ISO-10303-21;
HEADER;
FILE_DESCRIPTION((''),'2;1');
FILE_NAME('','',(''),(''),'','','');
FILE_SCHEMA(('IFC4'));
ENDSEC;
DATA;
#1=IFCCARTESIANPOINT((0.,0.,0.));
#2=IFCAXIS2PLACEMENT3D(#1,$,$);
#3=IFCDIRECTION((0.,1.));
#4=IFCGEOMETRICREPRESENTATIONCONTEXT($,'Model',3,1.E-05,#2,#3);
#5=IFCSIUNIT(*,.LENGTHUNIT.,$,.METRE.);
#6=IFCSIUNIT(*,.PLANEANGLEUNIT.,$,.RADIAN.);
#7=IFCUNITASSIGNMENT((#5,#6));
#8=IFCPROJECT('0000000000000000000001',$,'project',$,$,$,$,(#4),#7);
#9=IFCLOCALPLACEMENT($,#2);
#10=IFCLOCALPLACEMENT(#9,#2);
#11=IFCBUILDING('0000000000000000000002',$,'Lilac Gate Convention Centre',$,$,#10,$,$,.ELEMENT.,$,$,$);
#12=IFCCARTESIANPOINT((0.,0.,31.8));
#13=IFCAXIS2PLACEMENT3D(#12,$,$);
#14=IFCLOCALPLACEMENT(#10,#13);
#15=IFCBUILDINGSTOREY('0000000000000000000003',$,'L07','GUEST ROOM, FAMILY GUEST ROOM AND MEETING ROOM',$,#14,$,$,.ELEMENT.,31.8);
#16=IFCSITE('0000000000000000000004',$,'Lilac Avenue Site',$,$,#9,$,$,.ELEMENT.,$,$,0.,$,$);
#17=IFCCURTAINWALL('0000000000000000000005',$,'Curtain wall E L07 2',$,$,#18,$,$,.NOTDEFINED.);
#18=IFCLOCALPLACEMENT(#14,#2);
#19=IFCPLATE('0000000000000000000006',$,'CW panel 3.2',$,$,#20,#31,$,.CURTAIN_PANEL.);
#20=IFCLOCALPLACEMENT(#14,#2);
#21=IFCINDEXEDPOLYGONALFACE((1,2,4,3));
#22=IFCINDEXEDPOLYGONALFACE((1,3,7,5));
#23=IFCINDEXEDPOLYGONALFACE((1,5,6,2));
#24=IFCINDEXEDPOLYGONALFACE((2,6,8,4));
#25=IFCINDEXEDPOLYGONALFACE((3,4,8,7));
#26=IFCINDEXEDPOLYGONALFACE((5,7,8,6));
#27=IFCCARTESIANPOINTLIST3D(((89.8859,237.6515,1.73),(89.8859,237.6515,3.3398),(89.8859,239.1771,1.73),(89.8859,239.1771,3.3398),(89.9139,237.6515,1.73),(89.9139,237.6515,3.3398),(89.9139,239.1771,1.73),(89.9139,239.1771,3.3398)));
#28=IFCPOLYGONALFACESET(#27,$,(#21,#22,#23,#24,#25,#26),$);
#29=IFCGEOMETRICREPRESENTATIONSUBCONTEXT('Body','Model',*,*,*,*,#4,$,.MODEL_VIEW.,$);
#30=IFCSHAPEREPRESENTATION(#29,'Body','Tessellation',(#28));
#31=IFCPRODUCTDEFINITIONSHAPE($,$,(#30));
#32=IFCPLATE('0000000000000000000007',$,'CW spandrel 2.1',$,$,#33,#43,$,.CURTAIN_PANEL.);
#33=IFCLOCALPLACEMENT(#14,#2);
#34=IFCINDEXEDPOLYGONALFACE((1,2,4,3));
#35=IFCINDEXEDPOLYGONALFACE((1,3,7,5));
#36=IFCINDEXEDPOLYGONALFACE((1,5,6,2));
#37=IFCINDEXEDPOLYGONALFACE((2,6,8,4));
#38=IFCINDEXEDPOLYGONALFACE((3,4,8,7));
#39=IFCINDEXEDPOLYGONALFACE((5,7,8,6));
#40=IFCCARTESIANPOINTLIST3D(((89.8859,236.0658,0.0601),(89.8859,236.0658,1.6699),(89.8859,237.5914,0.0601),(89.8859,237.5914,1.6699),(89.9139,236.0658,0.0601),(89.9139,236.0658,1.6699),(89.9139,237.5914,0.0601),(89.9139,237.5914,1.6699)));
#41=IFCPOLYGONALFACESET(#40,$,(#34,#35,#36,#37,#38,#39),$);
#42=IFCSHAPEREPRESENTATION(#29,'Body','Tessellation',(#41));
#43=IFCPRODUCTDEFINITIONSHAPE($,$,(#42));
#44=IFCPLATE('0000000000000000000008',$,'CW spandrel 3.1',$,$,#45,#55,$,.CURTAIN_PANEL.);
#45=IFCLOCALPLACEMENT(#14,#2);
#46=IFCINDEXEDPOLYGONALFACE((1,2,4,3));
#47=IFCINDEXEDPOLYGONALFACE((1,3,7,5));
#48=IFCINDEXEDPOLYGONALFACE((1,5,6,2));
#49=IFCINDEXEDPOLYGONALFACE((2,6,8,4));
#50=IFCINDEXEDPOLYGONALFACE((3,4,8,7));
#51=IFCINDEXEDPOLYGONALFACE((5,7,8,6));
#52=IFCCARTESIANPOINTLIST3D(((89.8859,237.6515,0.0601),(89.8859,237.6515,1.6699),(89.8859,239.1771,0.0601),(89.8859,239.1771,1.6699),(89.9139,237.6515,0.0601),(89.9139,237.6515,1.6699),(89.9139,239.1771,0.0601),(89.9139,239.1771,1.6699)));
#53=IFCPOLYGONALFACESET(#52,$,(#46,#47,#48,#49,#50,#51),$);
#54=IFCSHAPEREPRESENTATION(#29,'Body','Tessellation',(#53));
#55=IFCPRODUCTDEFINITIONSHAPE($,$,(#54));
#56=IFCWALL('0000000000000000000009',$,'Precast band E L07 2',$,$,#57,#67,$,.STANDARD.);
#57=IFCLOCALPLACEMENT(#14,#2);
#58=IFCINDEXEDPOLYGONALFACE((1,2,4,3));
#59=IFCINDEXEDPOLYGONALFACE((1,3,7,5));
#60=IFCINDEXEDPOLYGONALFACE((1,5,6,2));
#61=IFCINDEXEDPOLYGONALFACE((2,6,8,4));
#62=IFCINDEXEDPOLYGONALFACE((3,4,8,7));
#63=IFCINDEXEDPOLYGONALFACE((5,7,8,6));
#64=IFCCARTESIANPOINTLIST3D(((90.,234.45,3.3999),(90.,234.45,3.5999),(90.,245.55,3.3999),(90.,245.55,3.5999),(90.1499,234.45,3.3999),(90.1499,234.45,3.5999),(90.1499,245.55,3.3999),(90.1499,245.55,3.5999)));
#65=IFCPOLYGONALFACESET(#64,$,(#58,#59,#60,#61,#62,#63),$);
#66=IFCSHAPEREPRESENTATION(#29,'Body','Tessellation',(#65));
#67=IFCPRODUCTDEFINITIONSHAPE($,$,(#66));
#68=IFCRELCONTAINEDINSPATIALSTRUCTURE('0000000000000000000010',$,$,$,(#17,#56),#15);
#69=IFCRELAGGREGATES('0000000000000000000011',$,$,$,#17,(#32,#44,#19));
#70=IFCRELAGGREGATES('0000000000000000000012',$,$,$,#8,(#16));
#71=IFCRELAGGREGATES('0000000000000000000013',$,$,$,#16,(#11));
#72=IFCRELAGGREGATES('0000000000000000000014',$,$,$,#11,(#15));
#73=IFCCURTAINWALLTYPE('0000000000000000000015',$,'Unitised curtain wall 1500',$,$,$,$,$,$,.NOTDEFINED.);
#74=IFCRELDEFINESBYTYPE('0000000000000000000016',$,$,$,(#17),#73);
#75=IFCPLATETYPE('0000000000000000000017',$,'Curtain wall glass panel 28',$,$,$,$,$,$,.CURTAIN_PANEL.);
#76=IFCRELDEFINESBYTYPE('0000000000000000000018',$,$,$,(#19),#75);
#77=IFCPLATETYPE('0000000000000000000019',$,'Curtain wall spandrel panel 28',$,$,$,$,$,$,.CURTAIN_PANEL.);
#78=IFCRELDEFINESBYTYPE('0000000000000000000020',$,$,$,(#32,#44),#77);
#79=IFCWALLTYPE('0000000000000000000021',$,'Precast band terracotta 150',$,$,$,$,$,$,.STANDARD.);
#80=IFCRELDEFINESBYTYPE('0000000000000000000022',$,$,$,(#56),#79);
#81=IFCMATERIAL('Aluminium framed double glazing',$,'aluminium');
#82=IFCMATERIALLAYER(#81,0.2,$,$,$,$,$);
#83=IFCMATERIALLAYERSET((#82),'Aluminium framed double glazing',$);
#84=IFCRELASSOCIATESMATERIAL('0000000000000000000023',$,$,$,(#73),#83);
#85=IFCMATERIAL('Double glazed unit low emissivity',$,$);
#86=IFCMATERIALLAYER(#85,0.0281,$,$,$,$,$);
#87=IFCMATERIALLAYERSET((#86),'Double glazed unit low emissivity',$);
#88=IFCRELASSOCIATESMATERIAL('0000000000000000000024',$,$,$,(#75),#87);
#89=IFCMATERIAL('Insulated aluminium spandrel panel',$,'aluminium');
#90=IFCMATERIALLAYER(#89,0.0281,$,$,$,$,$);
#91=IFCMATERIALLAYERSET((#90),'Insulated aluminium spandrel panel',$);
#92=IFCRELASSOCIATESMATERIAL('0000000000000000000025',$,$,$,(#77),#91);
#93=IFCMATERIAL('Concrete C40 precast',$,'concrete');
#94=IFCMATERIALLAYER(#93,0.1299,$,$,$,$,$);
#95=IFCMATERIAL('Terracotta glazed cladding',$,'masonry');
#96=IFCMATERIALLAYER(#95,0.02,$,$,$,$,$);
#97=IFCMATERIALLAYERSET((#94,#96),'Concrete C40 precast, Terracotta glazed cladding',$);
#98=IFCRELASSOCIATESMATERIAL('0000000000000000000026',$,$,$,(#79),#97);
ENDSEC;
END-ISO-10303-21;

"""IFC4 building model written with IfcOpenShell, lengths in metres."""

from ifc_helpers import new_model, si_unit, direction, frame, frame_2d, origin, origin_2d, place, context, subcontext, project, spatial, rectangle, extrude, material, layer, layer_set, type_object, element, aggregate, save


model = new_model("IFC4")

# Units and contexts
model_context = context("Model", 3, precision=1e-05, world=origin(), true_north=direction((0.0, 1.0)))
body_context = subcontext(model_context, "Body", "Model", "MODEL_VIEW")
ifc_project = project(units=[si_unit("LENGTHUNIT", "METRE"), si_unit("PLANEANGLEUNIT", "RADIAN")], contexts=[model_context])

# Site, building, storey
site_placement = place(None, origin())
site = spatial("IfcSite", under=ifc_project, at=site_placement, Name="Lilac Avenue Site", CompositionType="ELEMENT", RefElevation=0.0)
building_placement = place(site_placement, origin())
building = spatial("IfcBuilding", under=site, at=building_placement, Name="Lilac Gate Convention Centre", CompositionType="ELEMENT")
storey_placement = place(building_placement, frame((0.0, 0.0, 31.8)))
storey = spatial("IfcBuildingStorey", under=building, at=storey_placement, Name="L07", Description="GUEST ROOM, FAMILY GUEST ROOM AND MEETING ROOM", CompositionType="ELEMENT", Elevation=31.8)

# Curtain wall
ifc_material_1 = material(Name="Aluminium framed double glazing", Category="aluminium")
ifc_layer_1 = layer(ifc_material_1, 0.2)
ifc_layer_set_1 = layer_set([ifc_layer_1], Name="Aluminium framed double glazing")
curtain_wall_type = type_object("IfcCurtainWallType", Name="Unitised curtain wall 1500", PredefinedType="NOTDEFINED", material=ifc_layer_set_1)
curtain_wall_placement = place(storey_placement, origin())
curtain_wall = element("IfcCurtainWall", 1, at=curtain_wall_placement, inside=storey, type_object=curtain_wall_type, Name="Curtain wall E L07 2", PredefinedType="NOTDEFINED")

# Plates
ifc_material_2 = material(Name="Double glazed unit low emissivity")
ifc_layer_2 = layer(ifc_material_2, 0.0281)
ifc_layer_set_2 = layer_set([ifc_layer_2], Name="Double glazed unit low emissivity")
plate_type_1 = type_object("IfcPlateType", Name="Curtain wall glass panel 28", PredefinedType="CURTAIN_PANEL", material=ifc_layer_set_2)
plate_1_placement = place(storey_placement, frame((89.8999, 238.4143, 1.73), z_axis=(0.0, 0.0, 1.0), x_axis=(0.0, 1.0, 0.0)))
plate_1 = element("IfcPlate", 2, at=plate_1_placement, type_object=plate_type_1, Name="CW panel 3.2", PredefinedType="CURTAIN_PANEL", context=body_context, shape_type="SweptSolid", body=[
    extrude(rectangle(XDim=1.5256, YDim=0.0281, at=origin_2d()), origin(), (0.0, 0.0, 1.0), 1.6099),
])
ifc_material_3 = material(Name="Insulated aluminium spandrel panel", Category="aluminium")
ifc_layer_3 = layer(ifc_material_3, 0.0281)
ifc_layer_set_3 = layer_set([ifc_layer_3], Name="Insulated aluminium spandrel panel")
plate_type_2 = type_object("IfcPlateType", Name="Curtain wall spandrel panel 28", PredefinedType="CURTAIN_PANEL", material=ifc_layer_set_3)
plate_2_placement = place(storey_placement, frame((89.8999, 236.8286, 0.0601), z_axis=(0.0, 0.0, 1.0), x_axis=(0.0, 1.0, 0.0)))
plate_2 = element("IfcPlate", 3, at=plate_2_placement, type_object=plate_type_2, Name="CW spandrel 2.1", PredefinedType="CURTAIN_PANEL", context=body_context, shape_type="SweptSolid", body=[
    extrude(rectangle(XDim=1.5256, YDim=0.0281, at=origin_2d()), origin(), (0.0, 0.0, 1.0), 1.6099),
])
plate_3_placement = place(storey_placement, frame((89.8999, 238.4143, 0.0601), z_axis=(0.0, 0.0, 1.0), x_axis=(0.0, 1.0, 0.0)))
plate_3 = element("IfcPlate", 4, at=plate_3_placement, type_object=plate_type_2, Name="CW spandrel 3.1", PredefinedType="CURTAIN_PANEL", context=body_context, shape_type="SweptSolid", body=[
    extrude(rectangle(XDim=1.5256, YDim=0.0281, at=origin_2d()), origin(), (0.0, 0.0, 1.0), 1.6099),
])
aggregate(curtain_wall, [plate_2, plate_3, plate_1])

# Wall
ifc_material_4 = material(Name="Concrete C40 precast", Category="concrete")
ifc_layer_4 = layer(ifc_material_4, 0.1299)
ifc_material_5 = material(Name="Terracotta glazed cladding", Category="masonry")
ifc_layer_5 = layer(ifc_material_5, 0.02)
ifc_layer_set_4 = layer_set([ifc_layer_4, ifc_layer_5], Name="Concrete C40 precast, Terracotta glazed cladding")
wall_type = type_object("IfcWallType", Name="Precast band terracotta 150", PredefinedType="STANDARD", material=ifc_layer_set_4)
wall_placement = place(storey_placement, frame((90.075, 234.45, 3.3999), z_axis=(0.0, 0.0, 1.0), x_axis=(0.0, 1.0, 0.0)))
element("IfcWall", 5, at=wall_placement, inside=storey, type_object=wall_type, Name="Precast band E L07 2", PredefinedType="STANDARD", context=body_context, shape_type="SweptSolid", body=[
    extrude(rectangle(XDim=11.1001, YDim=0.1499, at=frame_2d((5.55, 0.0))), origin(), (0.0, 0.0, 1.0), 0.2),
])

save(model, "model.ifc")
